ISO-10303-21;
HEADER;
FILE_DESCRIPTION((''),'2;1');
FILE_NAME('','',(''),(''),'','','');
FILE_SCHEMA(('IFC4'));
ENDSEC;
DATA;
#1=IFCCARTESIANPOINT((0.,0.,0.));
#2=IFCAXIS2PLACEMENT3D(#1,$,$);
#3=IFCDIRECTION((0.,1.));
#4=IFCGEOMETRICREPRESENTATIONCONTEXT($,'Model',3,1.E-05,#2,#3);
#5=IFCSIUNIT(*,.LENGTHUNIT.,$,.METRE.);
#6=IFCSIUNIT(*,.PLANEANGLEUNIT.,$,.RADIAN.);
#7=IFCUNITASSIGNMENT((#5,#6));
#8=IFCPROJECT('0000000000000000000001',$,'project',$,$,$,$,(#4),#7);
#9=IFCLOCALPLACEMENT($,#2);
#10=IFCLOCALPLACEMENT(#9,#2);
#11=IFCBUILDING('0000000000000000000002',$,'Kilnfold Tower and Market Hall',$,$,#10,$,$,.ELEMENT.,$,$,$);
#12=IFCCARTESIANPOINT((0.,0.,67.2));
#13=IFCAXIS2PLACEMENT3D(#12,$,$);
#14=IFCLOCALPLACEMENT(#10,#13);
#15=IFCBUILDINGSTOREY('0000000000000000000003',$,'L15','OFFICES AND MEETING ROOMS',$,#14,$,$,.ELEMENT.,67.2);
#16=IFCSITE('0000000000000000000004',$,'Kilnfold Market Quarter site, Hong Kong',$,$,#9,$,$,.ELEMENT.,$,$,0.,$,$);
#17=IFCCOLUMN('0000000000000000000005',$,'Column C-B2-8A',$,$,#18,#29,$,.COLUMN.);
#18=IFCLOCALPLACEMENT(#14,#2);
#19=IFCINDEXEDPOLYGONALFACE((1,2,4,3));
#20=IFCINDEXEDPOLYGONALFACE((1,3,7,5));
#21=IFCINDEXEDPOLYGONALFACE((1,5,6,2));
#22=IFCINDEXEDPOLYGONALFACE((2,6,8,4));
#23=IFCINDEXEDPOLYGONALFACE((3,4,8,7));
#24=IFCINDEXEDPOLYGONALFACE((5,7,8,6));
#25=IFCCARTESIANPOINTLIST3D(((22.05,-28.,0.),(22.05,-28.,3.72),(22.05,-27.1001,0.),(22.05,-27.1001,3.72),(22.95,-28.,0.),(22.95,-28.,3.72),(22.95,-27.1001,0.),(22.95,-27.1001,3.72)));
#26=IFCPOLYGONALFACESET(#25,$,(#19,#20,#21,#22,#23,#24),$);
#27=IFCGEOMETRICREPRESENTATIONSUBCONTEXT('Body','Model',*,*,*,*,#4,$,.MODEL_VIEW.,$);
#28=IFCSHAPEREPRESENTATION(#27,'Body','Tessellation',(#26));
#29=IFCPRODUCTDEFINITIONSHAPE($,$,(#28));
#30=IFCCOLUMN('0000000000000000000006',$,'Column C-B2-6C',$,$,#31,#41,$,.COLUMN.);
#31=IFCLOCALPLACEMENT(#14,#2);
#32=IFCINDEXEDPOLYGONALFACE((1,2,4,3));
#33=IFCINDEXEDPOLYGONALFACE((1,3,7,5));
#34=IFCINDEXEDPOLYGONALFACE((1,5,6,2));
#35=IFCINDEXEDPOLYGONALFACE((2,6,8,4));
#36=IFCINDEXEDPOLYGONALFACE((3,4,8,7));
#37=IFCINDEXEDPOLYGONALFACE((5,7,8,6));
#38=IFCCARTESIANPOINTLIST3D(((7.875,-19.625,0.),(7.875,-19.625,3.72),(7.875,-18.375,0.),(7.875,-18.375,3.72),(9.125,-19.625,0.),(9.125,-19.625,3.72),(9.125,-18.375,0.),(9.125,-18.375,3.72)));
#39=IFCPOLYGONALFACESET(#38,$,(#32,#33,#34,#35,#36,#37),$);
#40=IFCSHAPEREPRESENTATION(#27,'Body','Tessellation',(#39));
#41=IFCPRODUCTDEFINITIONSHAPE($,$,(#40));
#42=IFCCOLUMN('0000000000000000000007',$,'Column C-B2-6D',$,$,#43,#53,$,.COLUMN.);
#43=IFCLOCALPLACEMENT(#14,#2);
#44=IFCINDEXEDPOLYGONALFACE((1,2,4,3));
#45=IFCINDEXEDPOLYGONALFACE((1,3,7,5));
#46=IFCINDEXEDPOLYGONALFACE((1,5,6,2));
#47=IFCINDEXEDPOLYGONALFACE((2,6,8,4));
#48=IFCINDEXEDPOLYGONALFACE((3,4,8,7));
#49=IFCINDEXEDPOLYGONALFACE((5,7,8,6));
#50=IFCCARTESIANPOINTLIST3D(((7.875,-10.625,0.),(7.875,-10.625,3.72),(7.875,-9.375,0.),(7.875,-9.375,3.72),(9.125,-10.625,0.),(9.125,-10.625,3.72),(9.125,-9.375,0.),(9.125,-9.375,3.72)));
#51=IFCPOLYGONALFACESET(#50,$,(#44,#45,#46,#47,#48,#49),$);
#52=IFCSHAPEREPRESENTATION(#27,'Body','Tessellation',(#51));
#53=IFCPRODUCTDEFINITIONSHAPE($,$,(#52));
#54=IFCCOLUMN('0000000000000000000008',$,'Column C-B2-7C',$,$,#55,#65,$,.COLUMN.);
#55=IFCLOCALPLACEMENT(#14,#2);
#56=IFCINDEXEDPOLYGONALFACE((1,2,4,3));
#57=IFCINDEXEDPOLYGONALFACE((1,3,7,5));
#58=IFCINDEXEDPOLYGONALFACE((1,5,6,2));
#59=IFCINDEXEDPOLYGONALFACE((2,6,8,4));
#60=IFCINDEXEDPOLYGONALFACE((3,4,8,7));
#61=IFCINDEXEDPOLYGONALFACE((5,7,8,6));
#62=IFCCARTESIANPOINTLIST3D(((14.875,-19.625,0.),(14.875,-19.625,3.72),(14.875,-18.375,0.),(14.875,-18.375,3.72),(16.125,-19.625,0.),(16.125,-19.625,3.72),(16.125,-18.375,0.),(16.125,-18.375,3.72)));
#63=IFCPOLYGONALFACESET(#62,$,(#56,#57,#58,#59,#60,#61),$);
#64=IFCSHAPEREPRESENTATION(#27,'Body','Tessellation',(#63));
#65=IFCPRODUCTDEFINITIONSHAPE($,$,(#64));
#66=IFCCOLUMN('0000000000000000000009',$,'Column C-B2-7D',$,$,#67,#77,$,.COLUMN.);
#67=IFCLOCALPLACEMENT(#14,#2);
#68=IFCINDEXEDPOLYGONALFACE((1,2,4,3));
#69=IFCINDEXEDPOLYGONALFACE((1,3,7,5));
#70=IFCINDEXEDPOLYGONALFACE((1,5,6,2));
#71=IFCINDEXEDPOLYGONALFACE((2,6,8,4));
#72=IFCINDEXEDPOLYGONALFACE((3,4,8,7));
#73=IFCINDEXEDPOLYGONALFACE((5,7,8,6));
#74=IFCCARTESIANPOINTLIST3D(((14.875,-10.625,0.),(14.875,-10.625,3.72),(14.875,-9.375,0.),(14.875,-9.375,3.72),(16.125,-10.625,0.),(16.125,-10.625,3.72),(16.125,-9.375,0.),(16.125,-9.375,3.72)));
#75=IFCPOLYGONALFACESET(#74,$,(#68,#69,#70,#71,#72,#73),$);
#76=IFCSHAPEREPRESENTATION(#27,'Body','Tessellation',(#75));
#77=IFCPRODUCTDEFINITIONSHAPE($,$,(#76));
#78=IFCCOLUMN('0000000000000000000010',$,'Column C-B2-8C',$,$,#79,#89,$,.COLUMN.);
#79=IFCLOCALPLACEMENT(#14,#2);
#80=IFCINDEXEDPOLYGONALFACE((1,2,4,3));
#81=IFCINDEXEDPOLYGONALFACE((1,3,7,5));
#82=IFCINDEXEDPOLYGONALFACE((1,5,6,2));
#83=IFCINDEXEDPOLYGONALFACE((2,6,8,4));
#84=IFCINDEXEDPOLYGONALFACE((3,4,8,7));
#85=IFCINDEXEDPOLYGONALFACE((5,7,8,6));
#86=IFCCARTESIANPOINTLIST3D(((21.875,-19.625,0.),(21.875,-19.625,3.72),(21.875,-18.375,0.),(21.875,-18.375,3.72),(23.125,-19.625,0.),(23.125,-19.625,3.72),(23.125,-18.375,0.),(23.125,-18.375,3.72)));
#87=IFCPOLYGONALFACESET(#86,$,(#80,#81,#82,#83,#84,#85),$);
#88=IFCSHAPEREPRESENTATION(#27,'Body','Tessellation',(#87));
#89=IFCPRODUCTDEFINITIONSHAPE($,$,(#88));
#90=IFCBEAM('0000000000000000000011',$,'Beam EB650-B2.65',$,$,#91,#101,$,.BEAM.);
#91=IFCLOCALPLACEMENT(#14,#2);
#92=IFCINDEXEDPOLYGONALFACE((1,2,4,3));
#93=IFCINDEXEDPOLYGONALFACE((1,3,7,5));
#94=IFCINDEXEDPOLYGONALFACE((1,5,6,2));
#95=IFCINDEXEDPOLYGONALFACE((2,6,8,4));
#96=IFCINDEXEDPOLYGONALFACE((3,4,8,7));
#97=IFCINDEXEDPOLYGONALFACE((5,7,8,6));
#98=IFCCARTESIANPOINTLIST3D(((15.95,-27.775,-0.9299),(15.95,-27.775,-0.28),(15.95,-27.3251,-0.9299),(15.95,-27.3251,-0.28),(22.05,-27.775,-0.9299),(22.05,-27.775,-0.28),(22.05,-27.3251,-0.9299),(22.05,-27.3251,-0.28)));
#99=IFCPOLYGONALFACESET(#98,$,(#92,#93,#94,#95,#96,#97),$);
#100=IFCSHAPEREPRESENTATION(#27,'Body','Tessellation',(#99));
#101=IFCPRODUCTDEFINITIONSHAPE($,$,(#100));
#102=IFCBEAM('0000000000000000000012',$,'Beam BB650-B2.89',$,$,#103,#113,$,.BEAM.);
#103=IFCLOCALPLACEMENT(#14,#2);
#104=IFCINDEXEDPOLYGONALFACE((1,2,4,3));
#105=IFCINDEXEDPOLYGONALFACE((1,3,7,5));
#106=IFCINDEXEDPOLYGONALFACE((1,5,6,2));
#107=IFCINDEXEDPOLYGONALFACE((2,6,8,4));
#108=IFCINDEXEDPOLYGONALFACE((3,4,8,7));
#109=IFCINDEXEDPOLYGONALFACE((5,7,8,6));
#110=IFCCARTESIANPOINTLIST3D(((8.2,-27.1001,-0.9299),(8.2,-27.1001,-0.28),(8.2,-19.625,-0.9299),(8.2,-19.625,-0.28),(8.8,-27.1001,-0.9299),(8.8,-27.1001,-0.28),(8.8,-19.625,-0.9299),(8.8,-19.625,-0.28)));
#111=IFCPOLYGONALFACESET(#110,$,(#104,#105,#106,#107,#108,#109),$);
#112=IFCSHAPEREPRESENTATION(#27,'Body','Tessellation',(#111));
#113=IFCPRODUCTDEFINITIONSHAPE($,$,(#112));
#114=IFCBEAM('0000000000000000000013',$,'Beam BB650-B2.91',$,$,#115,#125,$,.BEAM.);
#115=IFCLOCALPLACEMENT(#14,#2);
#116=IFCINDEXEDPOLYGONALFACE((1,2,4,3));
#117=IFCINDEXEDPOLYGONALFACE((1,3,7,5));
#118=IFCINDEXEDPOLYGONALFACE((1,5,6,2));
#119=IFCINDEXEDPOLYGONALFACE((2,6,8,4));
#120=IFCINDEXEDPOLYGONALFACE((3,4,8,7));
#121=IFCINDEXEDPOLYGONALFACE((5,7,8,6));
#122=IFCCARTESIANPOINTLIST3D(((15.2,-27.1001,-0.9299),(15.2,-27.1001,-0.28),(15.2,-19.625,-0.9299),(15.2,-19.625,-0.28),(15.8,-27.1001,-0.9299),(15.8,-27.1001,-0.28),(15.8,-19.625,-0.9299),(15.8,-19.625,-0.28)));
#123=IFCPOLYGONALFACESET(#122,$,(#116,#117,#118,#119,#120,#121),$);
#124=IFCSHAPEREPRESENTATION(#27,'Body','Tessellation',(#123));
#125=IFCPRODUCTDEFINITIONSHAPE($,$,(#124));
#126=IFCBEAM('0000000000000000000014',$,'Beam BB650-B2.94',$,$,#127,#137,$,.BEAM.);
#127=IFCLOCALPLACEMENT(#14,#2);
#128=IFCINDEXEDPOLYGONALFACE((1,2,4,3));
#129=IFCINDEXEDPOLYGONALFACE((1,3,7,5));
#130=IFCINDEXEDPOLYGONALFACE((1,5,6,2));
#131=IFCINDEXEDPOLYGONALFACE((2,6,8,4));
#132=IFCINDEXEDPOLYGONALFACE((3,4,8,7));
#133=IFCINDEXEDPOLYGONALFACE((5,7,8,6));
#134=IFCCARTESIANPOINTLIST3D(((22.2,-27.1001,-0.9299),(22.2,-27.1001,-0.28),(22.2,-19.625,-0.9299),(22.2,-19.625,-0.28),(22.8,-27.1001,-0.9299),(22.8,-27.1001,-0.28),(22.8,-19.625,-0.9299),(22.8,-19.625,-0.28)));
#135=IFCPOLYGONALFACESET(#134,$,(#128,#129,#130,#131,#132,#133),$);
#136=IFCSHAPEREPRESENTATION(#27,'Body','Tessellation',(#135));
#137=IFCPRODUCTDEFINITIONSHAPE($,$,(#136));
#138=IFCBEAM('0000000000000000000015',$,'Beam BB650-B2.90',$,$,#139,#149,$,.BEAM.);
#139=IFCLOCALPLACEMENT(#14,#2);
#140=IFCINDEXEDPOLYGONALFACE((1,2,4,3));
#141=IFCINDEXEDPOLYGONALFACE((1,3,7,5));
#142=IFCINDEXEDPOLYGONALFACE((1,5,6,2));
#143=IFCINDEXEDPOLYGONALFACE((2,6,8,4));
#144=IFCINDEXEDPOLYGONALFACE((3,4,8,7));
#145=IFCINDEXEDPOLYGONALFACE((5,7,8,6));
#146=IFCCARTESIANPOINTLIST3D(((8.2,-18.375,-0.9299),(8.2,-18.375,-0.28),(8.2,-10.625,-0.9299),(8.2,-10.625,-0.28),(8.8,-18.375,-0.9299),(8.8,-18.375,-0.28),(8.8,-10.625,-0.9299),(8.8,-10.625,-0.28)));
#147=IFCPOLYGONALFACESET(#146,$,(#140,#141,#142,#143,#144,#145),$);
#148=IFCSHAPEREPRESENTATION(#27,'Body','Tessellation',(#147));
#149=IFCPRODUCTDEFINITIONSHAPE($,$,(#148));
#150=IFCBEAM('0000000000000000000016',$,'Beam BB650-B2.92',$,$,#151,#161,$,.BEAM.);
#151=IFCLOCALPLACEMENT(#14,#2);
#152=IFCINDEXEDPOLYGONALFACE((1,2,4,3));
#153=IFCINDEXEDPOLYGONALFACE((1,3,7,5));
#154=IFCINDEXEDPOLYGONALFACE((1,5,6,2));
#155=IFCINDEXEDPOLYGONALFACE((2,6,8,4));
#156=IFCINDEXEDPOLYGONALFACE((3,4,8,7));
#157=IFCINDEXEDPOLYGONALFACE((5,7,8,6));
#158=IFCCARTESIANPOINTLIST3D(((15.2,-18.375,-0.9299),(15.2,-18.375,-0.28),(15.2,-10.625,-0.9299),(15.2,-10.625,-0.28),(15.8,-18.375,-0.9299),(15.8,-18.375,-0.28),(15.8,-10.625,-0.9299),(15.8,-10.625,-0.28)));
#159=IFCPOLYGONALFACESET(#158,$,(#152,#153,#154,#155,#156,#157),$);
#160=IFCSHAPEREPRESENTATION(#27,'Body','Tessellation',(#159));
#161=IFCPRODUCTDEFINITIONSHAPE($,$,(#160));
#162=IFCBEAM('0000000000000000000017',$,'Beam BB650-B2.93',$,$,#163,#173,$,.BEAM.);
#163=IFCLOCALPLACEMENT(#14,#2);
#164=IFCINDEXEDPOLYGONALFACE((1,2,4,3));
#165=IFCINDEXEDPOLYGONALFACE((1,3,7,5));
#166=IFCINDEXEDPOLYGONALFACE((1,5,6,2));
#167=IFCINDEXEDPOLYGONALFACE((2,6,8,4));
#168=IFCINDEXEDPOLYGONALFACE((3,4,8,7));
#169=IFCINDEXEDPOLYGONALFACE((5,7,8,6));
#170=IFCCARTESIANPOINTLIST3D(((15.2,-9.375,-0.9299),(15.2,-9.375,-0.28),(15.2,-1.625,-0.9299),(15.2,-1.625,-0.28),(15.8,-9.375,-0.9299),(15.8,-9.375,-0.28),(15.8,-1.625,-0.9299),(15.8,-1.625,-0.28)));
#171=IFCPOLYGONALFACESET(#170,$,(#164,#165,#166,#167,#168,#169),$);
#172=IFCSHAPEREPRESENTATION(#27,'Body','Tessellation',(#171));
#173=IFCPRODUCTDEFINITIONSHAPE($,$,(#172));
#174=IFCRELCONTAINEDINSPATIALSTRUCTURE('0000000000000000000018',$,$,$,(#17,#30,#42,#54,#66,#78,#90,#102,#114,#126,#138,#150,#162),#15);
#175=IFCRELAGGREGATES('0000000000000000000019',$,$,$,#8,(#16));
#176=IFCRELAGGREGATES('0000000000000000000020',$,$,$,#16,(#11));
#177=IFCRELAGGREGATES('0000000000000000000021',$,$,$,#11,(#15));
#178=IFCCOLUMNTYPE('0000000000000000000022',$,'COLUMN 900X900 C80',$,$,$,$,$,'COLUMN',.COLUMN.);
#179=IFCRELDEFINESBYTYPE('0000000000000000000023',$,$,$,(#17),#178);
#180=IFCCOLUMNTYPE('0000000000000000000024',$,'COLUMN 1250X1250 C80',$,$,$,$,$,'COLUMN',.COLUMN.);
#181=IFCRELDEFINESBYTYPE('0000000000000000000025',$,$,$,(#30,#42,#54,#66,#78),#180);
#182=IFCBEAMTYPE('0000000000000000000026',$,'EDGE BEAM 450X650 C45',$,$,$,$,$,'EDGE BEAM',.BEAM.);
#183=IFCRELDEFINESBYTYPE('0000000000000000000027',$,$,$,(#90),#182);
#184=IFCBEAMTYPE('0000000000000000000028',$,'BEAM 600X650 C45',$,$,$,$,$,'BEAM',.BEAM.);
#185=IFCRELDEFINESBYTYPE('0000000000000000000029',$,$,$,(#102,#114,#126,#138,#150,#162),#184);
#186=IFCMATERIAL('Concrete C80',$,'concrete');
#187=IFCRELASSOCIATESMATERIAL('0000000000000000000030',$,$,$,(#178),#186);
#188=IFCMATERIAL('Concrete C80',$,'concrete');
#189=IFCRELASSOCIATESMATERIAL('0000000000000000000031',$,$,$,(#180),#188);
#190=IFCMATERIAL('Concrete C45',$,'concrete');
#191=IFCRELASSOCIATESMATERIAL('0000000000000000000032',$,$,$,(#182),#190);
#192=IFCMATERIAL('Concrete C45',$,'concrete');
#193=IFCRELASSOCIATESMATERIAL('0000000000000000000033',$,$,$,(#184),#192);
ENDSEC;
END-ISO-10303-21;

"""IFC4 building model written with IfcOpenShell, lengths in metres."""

from ifc_helpers import new_model, si_unit, direction, frame, origin, origin_2d, place, context, subcontext, project, spatial, rectangle, extrude, source, transform, mapped, material, material_profile, profile_set, type_object, element, save


model = new_model("IFC4")

# Units and contexts
model_context = context("Model", 3, precision=1e-05, world=origin(), true_north=direction((0.0, 1.0)))
body_context = subcontext(model_context, "Body", "Model", "MODEL_VIEW")
ifc_project = project(units=[si_unit("LENGTHUNIT", "METRE"), si_unit("PLANEANGLEUNIT", "RADIAN")], contexts=[model_context])

# Site, building, storey
site_placement = place(None, origin())
site = spatial("IfcSite", under=ifc_project, at=site_placement, Name="Kilnfold Market Quarter site, Hong Kong", CompositionType="ELEMENT", RefElevation=0.0)
building_placement = place(site_placement, origin())
building = spatial("IfcBuilding", under=site, at=building_placement, Name="Kilnfold Tower and Market Hall", CompositionType="ELEMENT")
storey_placement = place(building_placement, frame((0.0, 0.0, 67.2)))
storey = spatial("IfcBuildingStorey", under=building, at=storey_placement, Name="L15", Description="OFFICES AND MEETING ROOMS", CompositionType="ELEMENT", Elevation=67.2)

# Columns
ifc_material_1 = material(Name="Concrete C80", Category="concrete")
ifc_material_profile_1 = material_profile(ifc_material_1, rectangle(XDim=0.8999, YDim=0.8999, at=origin_2d()), Name="RC 900x900")
ifc_profile_set_1 = profile_set([ifc_material_profile_1], Name="Concrete C80")
column_type_1 = type_object("IfcColumnType", Name="COLUMN 900X900 C80", ElementType="COLUMN", PredefinedType="COLUMN", material=ifc_profile_set_1)
shared_shape_1 = source(origin(), body_context, "Body", "SweptSolid", [
    extrude(rectangle(XDim=0.8999, YDim=0.8999, at=origin_2d()), origin(), (0.0, 0.0, 1.0), 3.72),
])
column_placement = place(storey_placement, frame((22.5, -27.55, 0.0), z_axis=(0.0, 0.0, 1.0), x_axis=(1.0, 0.0, 0.0)))
element("IfcColumn", 1, at=column_placement, inside=storey, type_object=column_type_1, Name="Column C-B2-8A", PredefinedType="COLUMN", context=body_context, shape_type="MappedRepresentation", body=[
    mapped(shared_shape_1, transform((0.0, 0.0, 0.0))),
])
ifc_material_2 = material(Name="Concrete C80", Category="concrete")
ifc_material_profile_2 = material_profile(ifc_material_2, rectangle(XDim=1.25, YDim=1.25, at=origin_2d()), Name="RC 1250x1250")
ifc_profile_set_2 = profile_set([ifc_material_profile_2], Name="Concrete C80")
column_type_2 = type_object("IfcColumnType", Name="COLUMN 1250X1250 C80", ElementType="COLUMN", PredefinedType="COLUMN", material=ifc_profile_set_2)
shared_shape_2 = source(origin(), body_context, "Body", "SweptSolid", [
    extrude(rectangle(XDim=1.25, YDim=1.25, at=origin_2d()), origin(), (0.0, 0.0, 1.0), 3.72),
])
for number, where, z_axis, x_axis, name in (
    (2, (8.5, -19.0, 0.0), (0.0, 0.0, 1.0), (1.0, 0.0, 0.0), "Column C-B2-6C"),
    (3, (8.5, -10.0, 0.0), (0.0, 0.0, 1.0), (1.0, 0.0, 0.0), "Column C-B2-6D"),
    (4, (15.5, -19.0, 0.0), (0.0, 0.0, 1.0), (1.0, 0.0, 0.0), "Column C-B2-7C"),
    (5, (15.5, -10.0, 0.0), (0.0, 0.0, 1.0), (1.0, 0.0, 0.0), "Column C-B2-7D"),
    (6, (22.5, -19.0, 0.0), (0.0, 0.0, 1.0), (1.0, 0.0, 0.0), "Column C-B2-8C"),
):
    element("IfcColumn", number, at=place(storey_placement, frame(where, z_axis=z_axis, x_axis=x_axis)), inside=storey, type_object=column_type_2, Name=name, PredefinedType="COLUMN", context=body_context, shape_type="MappedRepresentation", body=[
        mapped(shared_shape_2, transform((0.0, 0.0, 0.0))),
    ])

# Beams
ifc_material_3 = material(Name="Concrete C45", Category="concrete")
ifc_material_profile_3 = material_profile(ifc_material_3, rectangle(XDim=0.45, YDim=0.6499, at=origin_2d()), Name="RC 450x650")
ifc_profile_set_3 = profile_set([ifc_material_profile_3], Name="Concrete C45")
beam_type_1 = type_object("IfcBeamType", Name="EDGE BEAM 450X650 C45", ElementType="EDGE BEAM", PredefinedType="BEAM", material=ifc_profile_set_3)
shared_shape_3 = source(origin(), body_context, "Body", "SweptSolid", [
    extrude(rectangle(XDim=0.45, YDim=0.6499, at=origin_2d()), origin(), (0.0, 0.0, 1.0), 6.1001),
])
beam_placement = place(storey_placement, frame((15.95, -27.55, -0.605), z_axis=(1.0, 0.0, 0.0), x_axis=(0.0, 1.0, 0.0)))
element("IfcBeam", 7, at=beam_placement, inside=storey, type_object=beam_type_1, Name="Beam EB650-B2.65", PredefinedType="BEAM", context=body_context, shape_type="MappedRepresentation", body=[
    mapped(shared_shape_3, transform((0.0, 0.0, 0.0))),
])
ifc_material_4 = material(Name="Concrete C45", Category="concrete")
ifc_material_profile_4 = material_profile(ifc_material_4, rectangle(XDim=0.6001, YDim=0.6499, at=origin_2d()), Name="RC 600x650")
ifc_profile_set_4 = profile_set([ifc_material_profile_4], Name="Concrete C45")
beam_type_2 = type_object("IfcBeamType", Name="BEAM 600X650 C45", ElementType="BEAM", PredefinedType="BEAM", material=ifc_profile_set_4)
shared_shape_4 = source(origin(), body_context, "Body", "SweptSolid", [
    extrude(rectangle(XDim=0.6001, YDim=0.6499, at=origin_2d()), origin(), (0.0, 0.0, 1.0), 7.4751),
])
for number, where, z_axis, x_axis, name in (
    (8, (8.5, -27.1001, -0.605), (0.0, 1.0, 0.0), (-1.0, 0.0, 0.0), "Beam BB650-B2.89"),
    (9, (15.5, -27.1001, -0.605), (0.0, 1.0, 0.0), (-1.0, 0.0, 0.0), "Beam BB650-B2.91"),
    (10, (22.5, -27.1001, -0.605), (0.0, 1.0, 0.0), (-1.0, 0.0, 0.0), "Beam BB650-B2.94"),
):
    element("IfcBeam", number, at=place(storey_placement, frame(where, z_axis=z_axis, x_axis=x_axis)), inside=storey, type_object=beam_type_2, Name=name, PredefinedType="BEAM", context=body_context, shape_type="MappedRepresentation", body=[
        mapped(shared_shape_4, transform((0.0, 0.0, 0.0))),
    ])
shared_shape_5 = source(origin(), body_context, "Body", "SweptSolid", [
    extrude(rectangle(XDim=0.6001, YDim=0.6499, at=origin_2d()), origin(), (0.0, 0.0, 1.0), 7.75),
])
for number, where, z_axis, x_axis, name in (
    (11, (8.5, -18.375, -0.605), (0.0, 1.0, 0.0), (-1.0, 0.0, 0.0), "Beam BB650-B2.90"),
    (12, (15.5, -18.375, -0.605), (0.0, 1.0, 0.0), (-1.0, 0.0, 0.0), "Beam BB650-B2.92"),
    (13, (15.5, -9.375, -0.605), (0.0, 1.0, 0.0), (-1.0, 0.0, 0.0), "Beam BB650-B2.93"),
):
    element("IfcBeam", number, at=place(storey_placement, frame(where, z_axis=z_axis, x_axis=x_axis)), inside=storey, type_object=beam_type_2, Name=name, PredefinedType="BEAM", context=body_context, shape_type="MappedRepresentation", body=[
        mapped(shared_shape_5, transform((0.0, 0.0, 0.0))),
    ])

save(model, "model.ifc")
